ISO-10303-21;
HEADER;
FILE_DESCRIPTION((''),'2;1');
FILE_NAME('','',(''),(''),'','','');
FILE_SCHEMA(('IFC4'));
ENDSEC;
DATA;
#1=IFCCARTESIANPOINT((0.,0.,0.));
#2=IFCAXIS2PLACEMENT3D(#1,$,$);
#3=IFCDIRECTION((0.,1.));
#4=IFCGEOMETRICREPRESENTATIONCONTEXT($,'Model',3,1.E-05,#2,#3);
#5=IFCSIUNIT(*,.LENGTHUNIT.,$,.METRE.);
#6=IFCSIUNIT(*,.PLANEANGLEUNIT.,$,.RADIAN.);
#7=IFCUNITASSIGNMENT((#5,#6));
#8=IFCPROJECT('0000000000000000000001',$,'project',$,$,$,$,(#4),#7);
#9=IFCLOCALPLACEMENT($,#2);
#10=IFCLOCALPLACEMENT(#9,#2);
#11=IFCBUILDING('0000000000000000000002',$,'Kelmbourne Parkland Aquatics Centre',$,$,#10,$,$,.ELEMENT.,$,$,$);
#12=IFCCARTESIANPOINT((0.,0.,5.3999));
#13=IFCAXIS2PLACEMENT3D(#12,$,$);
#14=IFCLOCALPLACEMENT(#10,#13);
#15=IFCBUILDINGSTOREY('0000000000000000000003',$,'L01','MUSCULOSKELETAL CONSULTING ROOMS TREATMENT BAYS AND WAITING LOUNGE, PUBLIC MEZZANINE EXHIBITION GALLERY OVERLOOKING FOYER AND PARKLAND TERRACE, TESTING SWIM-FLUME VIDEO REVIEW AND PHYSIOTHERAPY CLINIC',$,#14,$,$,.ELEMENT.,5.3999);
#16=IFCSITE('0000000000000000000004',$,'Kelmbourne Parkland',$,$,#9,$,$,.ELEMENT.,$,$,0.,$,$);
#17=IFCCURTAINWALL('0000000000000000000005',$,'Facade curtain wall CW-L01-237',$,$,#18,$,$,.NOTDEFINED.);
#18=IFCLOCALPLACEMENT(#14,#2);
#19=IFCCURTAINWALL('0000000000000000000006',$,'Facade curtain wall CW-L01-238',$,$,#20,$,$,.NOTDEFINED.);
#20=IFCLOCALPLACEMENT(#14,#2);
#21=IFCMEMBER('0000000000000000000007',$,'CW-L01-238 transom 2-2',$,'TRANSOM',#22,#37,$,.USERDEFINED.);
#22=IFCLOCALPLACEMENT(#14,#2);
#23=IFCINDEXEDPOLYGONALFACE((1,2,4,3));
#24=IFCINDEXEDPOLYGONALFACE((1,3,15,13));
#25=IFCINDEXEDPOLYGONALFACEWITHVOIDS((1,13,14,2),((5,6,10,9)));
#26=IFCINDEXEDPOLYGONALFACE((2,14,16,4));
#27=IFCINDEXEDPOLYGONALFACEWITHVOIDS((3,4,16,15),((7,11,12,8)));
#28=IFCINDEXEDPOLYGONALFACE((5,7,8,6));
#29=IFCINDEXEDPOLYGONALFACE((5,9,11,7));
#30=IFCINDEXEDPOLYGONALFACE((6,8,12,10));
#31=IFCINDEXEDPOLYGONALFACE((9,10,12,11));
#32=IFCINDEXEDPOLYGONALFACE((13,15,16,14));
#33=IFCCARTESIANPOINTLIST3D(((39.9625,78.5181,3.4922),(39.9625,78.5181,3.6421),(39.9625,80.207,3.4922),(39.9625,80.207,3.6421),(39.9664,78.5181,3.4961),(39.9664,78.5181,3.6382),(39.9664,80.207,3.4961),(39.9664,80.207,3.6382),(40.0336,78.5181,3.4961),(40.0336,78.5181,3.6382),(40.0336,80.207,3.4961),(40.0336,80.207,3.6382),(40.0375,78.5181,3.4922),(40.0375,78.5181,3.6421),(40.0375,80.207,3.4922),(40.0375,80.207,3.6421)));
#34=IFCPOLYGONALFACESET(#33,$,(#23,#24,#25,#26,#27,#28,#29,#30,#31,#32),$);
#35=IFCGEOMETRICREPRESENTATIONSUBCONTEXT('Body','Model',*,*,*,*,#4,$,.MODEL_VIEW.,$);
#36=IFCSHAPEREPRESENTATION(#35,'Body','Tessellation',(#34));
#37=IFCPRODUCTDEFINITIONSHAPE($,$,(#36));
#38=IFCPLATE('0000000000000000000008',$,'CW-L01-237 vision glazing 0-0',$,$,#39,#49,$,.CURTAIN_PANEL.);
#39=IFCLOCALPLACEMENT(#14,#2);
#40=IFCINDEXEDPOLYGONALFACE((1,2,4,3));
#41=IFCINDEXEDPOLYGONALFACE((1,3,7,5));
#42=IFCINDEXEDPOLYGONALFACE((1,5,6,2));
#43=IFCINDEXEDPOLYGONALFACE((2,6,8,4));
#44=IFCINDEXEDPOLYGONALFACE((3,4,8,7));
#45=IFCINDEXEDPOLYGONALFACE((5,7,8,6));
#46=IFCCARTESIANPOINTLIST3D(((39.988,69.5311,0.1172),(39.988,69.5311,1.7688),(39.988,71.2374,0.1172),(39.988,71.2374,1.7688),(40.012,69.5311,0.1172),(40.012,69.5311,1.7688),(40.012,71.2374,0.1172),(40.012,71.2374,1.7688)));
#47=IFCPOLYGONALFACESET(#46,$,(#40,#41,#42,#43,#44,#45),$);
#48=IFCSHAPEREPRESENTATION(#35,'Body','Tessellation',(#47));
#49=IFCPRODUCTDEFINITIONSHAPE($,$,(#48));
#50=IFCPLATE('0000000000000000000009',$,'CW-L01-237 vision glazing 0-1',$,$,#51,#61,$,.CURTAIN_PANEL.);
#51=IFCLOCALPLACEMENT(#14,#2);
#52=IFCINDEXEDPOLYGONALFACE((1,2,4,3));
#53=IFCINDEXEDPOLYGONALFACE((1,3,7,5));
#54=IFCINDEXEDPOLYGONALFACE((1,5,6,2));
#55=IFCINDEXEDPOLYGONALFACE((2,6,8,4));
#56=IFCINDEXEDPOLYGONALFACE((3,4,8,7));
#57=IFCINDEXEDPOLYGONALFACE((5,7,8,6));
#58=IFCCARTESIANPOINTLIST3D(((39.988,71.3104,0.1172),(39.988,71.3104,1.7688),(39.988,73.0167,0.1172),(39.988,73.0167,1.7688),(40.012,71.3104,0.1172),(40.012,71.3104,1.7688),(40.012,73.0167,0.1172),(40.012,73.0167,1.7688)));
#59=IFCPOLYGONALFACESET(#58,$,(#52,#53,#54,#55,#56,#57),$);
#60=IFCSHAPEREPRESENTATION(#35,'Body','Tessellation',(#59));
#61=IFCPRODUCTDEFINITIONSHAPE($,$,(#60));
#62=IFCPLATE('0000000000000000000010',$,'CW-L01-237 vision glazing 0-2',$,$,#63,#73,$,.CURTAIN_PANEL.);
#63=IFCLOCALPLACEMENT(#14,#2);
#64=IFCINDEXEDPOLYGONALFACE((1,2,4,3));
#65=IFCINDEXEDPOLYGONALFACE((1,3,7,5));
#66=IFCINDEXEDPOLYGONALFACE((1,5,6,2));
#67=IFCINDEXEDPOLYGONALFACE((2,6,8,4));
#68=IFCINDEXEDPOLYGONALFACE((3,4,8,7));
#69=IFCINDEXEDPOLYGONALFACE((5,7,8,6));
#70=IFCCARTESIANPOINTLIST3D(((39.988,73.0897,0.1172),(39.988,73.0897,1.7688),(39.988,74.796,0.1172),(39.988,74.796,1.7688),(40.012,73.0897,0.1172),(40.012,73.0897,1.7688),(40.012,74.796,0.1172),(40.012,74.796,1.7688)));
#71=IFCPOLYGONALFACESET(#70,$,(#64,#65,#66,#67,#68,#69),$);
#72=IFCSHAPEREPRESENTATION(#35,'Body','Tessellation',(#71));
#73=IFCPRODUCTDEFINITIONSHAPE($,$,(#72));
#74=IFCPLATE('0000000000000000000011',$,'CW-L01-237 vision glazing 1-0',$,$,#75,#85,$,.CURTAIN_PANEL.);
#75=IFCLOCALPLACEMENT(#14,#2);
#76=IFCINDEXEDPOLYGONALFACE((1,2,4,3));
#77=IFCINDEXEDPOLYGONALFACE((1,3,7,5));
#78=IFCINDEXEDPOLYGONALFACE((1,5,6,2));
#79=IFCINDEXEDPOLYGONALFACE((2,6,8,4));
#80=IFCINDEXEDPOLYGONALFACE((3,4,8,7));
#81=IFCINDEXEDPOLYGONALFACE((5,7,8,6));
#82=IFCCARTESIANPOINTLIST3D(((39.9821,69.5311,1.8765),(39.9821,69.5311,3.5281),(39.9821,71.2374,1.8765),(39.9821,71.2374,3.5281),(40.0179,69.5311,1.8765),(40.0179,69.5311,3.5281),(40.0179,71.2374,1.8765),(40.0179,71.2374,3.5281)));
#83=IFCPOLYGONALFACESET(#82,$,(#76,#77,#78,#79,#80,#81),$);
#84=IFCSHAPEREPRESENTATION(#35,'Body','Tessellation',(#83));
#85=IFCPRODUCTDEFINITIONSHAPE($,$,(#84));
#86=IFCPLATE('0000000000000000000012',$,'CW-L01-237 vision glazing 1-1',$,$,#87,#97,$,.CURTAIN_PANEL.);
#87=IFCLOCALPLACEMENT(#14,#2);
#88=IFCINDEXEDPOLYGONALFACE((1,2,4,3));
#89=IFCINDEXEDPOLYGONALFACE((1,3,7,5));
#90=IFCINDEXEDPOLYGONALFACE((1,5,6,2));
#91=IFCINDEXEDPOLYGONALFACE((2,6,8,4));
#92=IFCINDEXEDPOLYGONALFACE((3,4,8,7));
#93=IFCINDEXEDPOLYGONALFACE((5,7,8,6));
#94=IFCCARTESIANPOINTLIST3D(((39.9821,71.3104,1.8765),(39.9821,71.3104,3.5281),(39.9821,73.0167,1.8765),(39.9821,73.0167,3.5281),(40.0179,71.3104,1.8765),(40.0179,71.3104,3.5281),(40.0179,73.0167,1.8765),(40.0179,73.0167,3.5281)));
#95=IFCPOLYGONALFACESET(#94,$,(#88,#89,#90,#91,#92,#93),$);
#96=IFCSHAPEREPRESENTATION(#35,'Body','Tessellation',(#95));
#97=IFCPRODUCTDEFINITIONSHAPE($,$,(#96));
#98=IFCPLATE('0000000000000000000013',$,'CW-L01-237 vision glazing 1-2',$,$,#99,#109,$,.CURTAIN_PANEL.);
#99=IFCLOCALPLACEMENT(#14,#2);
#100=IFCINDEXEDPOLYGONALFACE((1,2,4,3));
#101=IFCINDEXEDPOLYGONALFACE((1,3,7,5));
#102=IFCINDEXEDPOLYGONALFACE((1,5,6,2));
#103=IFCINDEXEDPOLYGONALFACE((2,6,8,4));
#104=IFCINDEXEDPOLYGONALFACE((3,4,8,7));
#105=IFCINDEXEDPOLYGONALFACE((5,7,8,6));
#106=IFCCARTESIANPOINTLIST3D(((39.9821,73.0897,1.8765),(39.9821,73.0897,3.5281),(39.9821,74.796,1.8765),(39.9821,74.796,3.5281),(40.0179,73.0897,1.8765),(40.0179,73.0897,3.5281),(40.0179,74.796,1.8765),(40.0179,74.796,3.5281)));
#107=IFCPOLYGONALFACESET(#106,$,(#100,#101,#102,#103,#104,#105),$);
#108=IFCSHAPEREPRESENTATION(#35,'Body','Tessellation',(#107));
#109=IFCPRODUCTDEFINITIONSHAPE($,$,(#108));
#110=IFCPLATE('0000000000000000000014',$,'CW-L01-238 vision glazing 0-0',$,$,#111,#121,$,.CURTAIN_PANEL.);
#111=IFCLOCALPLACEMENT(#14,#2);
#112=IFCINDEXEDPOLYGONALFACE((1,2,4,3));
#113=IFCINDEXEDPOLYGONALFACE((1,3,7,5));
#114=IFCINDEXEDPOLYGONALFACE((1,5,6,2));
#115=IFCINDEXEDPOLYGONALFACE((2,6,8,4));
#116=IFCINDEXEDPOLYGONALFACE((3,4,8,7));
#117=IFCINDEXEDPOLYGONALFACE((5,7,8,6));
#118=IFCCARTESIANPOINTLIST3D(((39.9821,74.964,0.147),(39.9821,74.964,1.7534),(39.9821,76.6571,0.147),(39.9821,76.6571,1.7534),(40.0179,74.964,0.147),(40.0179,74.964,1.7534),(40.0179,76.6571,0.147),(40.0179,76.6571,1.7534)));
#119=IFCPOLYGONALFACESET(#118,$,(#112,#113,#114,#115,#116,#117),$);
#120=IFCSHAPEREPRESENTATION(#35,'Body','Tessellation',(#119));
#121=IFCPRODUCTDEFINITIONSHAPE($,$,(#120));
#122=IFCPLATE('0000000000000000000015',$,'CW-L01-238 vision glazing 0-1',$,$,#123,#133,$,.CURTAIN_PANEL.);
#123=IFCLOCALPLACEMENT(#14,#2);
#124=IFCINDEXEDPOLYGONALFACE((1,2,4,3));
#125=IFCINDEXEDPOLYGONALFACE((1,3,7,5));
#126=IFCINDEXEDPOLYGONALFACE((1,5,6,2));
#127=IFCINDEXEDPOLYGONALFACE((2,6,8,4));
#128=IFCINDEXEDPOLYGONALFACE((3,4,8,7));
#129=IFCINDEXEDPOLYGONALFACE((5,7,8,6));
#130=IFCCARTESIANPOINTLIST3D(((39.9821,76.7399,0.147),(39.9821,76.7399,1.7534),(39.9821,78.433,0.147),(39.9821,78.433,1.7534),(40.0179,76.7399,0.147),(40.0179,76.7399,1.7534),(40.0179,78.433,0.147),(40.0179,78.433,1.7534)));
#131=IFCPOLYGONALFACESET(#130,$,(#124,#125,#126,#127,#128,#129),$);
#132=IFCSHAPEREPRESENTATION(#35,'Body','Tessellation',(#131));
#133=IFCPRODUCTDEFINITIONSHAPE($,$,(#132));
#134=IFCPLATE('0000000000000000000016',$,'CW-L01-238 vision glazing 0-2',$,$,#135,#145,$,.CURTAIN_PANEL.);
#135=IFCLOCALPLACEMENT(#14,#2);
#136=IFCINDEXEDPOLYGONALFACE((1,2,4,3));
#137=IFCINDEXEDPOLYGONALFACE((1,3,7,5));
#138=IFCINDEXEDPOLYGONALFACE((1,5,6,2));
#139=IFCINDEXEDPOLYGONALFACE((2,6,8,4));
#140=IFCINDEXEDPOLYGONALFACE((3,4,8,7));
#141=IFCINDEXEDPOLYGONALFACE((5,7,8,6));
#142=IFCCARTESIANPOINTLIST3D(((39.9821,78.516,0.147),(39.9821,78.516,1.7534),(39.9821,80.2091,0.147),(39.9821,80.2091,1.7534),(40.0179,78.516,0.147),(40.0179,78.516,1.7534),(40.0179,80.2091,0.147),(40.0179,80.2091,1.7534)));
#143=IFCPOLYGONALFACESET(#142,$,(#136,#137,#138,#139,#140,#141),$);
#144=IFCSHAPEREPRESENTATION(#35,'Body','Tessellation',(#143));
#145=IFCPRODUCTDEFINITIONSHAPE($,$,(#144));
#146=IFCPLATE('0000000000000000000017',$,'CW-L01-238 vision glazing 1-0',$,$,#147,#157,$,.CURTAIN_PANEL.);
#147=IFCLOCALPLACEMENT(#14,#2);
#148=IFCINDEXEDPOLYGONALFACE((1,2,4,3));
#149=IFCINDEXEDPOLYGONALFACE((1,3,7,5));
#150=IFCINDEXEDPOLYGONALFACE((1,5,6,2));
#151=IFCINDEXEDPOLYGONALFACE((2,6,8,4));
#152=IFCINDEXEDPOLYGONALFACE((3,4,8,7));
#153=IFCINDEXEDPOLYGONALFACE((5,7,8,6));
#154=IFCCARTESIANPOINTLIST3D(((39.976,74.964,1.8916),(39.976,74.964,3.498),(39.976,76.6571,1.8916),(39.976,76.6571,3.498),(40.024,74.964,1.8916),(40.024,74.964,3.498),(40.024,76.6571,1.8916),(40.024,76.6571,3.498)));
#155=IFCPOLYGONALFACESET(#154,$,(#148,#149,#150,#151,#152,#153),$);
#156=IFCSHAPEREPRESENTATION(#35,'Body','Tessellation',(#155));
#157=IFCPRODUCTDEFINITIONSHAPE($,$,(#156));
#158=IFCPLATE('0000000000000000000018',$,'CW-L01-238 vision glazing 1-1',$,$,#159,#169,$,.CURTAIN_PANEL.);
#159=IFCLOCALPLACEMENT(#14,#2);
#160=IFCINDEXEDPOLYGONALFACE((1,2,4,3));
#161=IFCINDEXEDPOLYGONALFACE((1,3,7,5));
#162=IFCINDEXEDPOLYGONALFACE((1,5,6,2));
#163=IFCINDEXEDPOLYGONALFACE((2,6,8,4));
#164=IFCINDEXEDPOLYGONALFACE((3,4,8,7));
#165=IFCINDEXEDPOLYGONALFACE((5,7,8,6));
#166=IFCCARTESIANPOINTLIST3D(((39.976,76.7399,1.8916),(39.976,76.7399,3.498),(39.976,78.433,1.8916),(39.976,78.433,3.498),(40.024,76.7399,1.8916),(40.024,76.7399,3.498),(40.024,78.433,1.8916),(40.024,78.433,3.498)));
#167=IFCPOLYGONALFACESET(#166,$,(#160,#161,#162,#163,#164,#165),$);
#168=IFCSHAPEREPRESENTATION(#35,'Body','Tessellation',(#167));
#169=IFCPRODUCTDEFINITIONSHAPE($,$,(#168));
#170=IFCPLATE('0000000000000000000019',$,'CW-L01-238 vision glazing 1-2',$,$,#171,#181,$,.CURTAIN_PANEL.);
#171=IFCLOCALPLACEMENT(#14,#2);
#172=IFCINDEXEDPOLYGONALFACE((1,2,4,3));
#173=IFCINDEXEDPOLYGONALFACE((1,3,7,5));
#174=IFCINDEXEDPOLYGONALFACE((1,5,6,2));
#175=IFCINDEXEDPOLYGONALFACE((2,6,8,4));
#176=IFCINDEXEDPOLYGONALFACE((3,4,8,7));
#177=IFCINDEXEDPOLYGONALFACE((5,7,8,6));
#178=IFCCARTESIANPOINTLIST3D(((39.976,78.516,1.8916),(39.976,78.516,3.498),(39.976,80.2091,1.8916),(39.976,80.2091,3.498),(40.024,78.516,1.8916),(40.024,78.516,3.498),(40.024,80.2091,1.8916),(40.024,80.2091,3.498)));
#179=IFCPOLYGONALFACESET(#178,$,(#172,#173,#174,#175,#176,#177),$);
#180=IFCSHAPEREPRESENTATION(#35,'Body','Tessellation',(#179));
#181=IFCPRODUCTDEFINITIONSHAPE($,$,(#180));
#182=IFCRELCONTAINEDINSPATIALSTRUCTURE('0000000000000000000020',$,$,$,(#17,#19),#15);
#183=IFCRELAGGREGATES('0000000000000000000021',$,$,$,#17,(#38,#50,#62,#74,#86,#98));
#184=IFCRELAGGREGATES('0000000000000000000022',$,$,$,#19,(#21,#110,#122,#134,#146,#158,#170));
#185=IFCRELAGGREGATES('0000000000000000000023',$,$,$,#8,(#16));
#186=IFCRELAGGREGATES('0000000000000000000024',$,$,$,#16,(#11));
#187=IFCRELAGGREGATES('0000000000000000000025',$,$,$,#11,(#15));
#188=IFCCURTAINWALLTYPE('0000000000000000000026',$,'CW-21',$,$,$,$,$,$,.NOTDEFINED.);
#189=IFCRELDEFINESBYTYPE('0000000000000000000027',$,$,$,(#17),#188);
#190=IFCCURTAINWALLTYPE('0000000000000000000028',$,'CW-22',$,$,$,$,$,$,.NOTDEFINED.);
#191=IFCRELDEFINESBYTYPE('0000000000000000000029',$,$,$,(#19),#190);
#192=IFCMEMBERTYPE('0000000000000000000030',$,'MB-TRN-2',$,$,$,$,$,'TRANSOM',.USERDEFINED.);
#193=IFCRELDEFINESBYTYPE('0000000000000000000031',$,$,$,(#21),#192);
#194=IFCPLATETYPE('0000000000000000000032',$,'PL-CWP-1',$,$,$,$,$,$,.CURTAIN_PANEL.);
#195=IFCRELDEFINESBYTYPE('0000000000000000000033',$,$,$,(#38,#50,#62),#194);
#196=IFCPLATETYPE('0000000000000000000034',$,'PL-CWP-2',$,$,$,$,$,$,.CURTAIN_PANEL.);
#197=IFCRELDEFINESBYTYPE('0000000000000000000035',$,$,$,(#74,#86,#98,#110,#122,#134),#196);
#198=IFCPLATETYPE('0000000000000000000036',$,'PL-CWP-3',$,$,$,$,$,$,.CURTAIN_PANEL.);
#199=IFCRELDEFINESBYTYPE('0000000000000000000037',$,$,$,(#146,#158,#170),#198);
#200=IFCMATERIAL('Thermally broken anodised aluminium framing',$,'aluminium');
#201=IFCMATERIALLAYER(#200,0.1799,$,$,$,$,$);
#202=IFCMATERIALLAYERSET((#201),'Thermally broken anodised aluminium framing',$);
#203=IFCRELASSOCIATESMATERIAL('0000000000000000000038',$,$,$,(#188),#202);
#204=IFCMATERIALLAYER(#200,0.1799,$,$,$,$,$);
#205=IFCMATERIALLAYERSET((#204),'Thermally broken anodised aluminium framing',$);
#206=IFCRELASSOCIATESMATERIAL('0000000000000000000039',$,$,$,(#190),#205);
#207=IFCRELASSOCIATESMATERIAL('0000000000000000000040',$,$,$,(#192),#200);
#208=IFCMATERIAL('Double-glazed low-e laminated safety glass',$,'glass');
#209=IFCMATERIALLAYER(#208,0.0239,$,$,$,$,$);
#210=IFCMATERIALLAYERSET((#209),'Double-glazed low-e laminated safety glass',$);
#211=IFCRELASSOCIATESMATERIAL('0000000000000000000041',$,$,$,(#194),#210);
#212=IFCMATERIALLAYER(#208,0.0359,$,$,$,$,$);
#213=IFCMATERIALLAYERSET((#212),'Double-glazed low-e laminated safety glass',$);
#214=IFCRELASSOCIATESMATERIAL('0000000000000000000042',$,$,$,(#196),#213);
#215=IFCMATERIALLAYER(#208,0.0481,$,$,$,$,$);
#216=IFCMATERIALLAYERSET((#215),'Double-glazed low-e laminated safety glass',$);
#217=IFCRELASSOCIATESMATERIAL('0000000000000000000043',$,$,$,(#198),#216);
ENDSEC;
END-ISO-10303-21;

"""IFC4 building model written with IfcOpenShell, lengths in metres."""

from ifc_helpers import new_model, si_unit, direction, frame, origin, origin_2d, place, context, subcontext, project, spatial, rectangle, hollow_rectangle, extrude, material, layer, layer_set, material_profile, profile_set, type_object, element, aggregate, save


model = new_model("IFC4")

# Units and contexts
model_context = context("Model", 3, precision=1e-05, world=origin(), true_north=direction((0.0, 1.0)))
body_context = subcontext(model_context, "Body", "Model", "MODEL_VIEW")
ifc_project = project(units=[si_unit("LENGTHUNIT", "METRE"), si_unit("PLANEANGLEUNIT", "RADIAN")], contexts=[model_context])

# Site, building, storey
site_placement = place(None, origin())
site = spatial("IfcSite", under=ifc_project, at=site_placement, Name="Kelmbourne Parkland", CompositionType="ELEMENT", RefElevation=0.0)
building_placement = place(site_placement, origin())
building = spatial("IfcBuilding", under=site, at=building_placement, Name="Kelmbourne Parkland Aquatics Centre", CompositionType="ELEMENT")
storey_placement = place(building_placement, frame((0.0, 0.0, 5.3999)))
storey = spatial("IfcBuildingStorey", under=building, at=storey_placement, Name="L01", Description="MUSCULOSKELETAL CONSULTING ROOMS TREATMENT BAYS AND WAITING LOUNGE, PUBLIC MEZZANINE EXHIBITION GALLERY OVERLOOKING FOYER AND PARKLAND TERRACE, TESTING SWIM-FLUME VIDEO REVIEW AND PHYSIOTHERAPY CLINIC", CompositionType="ELEMENT", Elevation=5.3999)

# Curtain walls
ifc_material_1 = material(Name="Thermally broken anodised aluminium framing", Category="aluminium")
ifc_layer_1 = layer(ifc_material_1, 0.1799)
ifc_layer_set_1 = layer_set([ifc_layer_1], Name="Thermally broken anodised aluminium framing")
curtain_wall_type_1 = type_object("IfcCurtainWallType", Name="CW-21", PredefinedType="NOTDEFINED", material=ifc_layer_set_1)
curtain_wall_1_placement = place(storey_placement, origin())
curtain_wall_1 = element("IfcCurtainWall", 1, at=curtain_wall_1_placement, inside=storey, type_object=curtain_wall_type_1, Name="Facade curtain wall CW-L01-237", PredefinedType="NOTDEFINED")
ifc_layer_2 = layer(ifc_material_1, 0.1799)
ifc_layer_set_2 = layer_set([ifc_layer_2], Name="Thermally broken anodised aluminium framing")
curtain_wall_type_2 = type_object("IfcCurtainWallType", Name="CW-22", PredefinedType="NOTDEFINED", material=ifc_layer_set_2)
curtain_wall_2_placement = place(storey_placement, origin())
curtain_wall_2 = element("IfcCurtainWall", 2, at=curtain_wall_2_placement, inside=storey, type_object=curtain_wall_type_2, Name="Facade curtain wall CW-L01-238", PredefinedType="NOTDEFINED")

# Member
ifc_material_profile_1 = material_profile(ifc_material_1, hollow_rectangle(XDim=0.075, YDim=0.1499, WallThickness=0.0039, at=origin_2d()), Name="CW-T 75x150")
ifc_profile_set_1 = profile_set([ifc_material_profile_1], Name="Thermally broken anodised aluminium framing")
member_type_1 = type_object("IfcMemberType", Name="MB-TRN-2", ElementType="TRANSOM", PredefinedType="USERDEFINED", material=ifc_profile_set_1)
member_1_placement = place(storey_placement, frame((40.0, 78.5181, 3.5671), z_axis=(0.0, 1.0, 0.0), x_axis=(-1.0, 0.0, 0.0)))
member_1 = element("IfcMember", 3, at=member_1_placement, type_object=member_type_1, Name="CW-L01-238 transom 2-2", ObjectType="TRANSOM", PredefinedType="USERDEFINED", context=body_context, shape_type="SweptSolid", body=[
    extrude(hollow_rectangle(XDim=0.075, YDim=0.1499, WallThickness=0.0039, at=origin_2d()), origin(), (0.0, 0.0, 1.0), 1.689),
])

# Plates
ifc_material_2 = material(Name="Double-glazed low-e laminated safety glass", Category="glass")
ifc_layer_3 = layer(ifc_material_2, 0.0239)
ifc_layer_set_3 = layer_set([ifc_layer_3], Name="Double-glazed low-e laminated safety glass")
plate_type_1 = type_object("IfcPlateType", Name="PL-CWP-1", PredefinedType="CURTAIN_PANEL", material=ifc_layer_set_3)
plate_1_placement = place(storey_placement, frame((40.0, 70.3843, 0.1172), z_axis=(0.0, 0.0, 1.0), x_axis=(0.0, 1.0, 0.0)))
plate_1 = element("IfcPlate", 4, at=plate_1_placement, type_object=plate_type_1, Name="CW-L01-237 vision glazing 0-0", PredefinedType="CURTAIN_PANEL", context=body_context, shape_type="SweptSolid", body=[
    extrude(rectangle(XDim=1.7063, YDim=0.0239, at=origin_2d()), origin(), (0.0, 0.0, 1.0), 1.6516),
])
plate_2_placement = place(storey_placement, frame((40.0, 72.1636, 0.1172), z_axis=(0.0, 0.0, 1.0), x_axis=(0.0, 1.0, 0.0)))
plate_2 = element("IfcPlate", 5, at=plate_2_placement, type_object=plate_type_1, Name="CW-L01-237 vision glazing 0-1", PredefinedType="CURTAIN_PANEL", context=body_context, shape_type="SweptSolid", body=[
    extrude(rectangle(XDim=1.7063, YDim=0.0239, at=origin_2d()), origin(), (0.0, 0.0, 1.0), 1.6516),
])
plate_3_placement = place(storey_placement, frame((40.0, 73.9429, 0.1172), z_axis=(0.0, 0.0, 1.0), x_axis=(0.0, 1.0, 0.0)))
plate_3 = element("IfcPlate", 6, at=plate_3_placement, type_object=plate_type_1, Name="CW-L01-237 vision glazing 0-2", PredefinedType="CURTAIN_PANEL", context=body_context, shape_type="SweptSolid", body=[
    extrude(rectangle(XDim=1.7063, YDim=0.0239, at=origin_2d()), origin(), (0.0, 0.0, 1.0), 1.6516),
])
ifc_layer_4 = layer(ifc_material_2, 0.0359)
ifc_layer_set_4 = layer_set([ifc_layer_4], Name="Double-glazed low-e laminated safety glass")
plate_type_2 = type_object("IfcPlateType", Name="PL-CWP-2", PredefinedType="CURTAIN_PANEL", material=ifc_layer_set_4)
plate_4_placement = place(storey_placement, frame((40.0, 70.3843, 1.8765), z_axis=(0.0, 0.0, 1.0), x_axis=(0.0, 1.0, 0.0)))
plate_4 = element("IfcPlate", 7, at=plate_4_placement, type_object=plate_type_2, Name="CW-L01-237 vision glazing 1-0", PredefinedType="CURTAIN_PANEL", context=body_context, shape_type="SweptSolid", body=[
    extrude(rectangle(XDim=1.7063, YDim=0.0359, at=origin_2d()), origin(), (0.0, 0.0, 1.0), 1.6516),
])
plate_5_placement = place(storey_placement, frame((40.0, 72.1636, 1.8765), z_axis=(0.0, 0.0, 1.0), x_axis=(0.0, 1.0, 0.0)))
plate_5 = element("IfcPlate", 8, at=plate_5_placement, type_object=plate_type_2, Name="CW-L01-237 vision glazing 1-1", PredefinedType="CURTAIN_PANEL", context=body_context, shape_type="SweptSolid", body=[
    extrude(rectangle(XDim=1.7063, YDim=0.0359, at=origin_2d()), origin(), (0.0, 0.0, 1.0), 1.6516),
])
plate_6_placement = place(storey_placement, frame((40.0, 73.9429, 1.8765), z_axis=(0.0, 0.0, 1.0), x_axis=(0.0, 1.0, 0.0)))
plate_6 = element("IfcPlate", 9, at=plate_6_placement, type_object=plate_type_2, Name="CW-L01-237 vision glazing 1-2", PredefinedType="CURTAIN_PANEL", context=body_context, shape_type="SweptSolid", body=[
    extrude(rectangle(XDim=1.7063, YDim=0.0359, at=origin_2d()), origin(), (0.0, 0.0, 1.0), 1.6516),
])
aggregate(curtain_wall_1, [plate_1, plate_2, plate_3, plate_4, plate_5, plate_6])
plate_7_placement = place(storey_placement, frame((40.0, 75.8105, 0.147), z_axis=(0.0, 0.0, 1.0), x_axis=(0.0, 1.0, 0.0)))
plate_7 = element("IfcPlate", 10, at=plate_7_placement, type_object=plate_type_2, Name="CW-L01-238 vision glazing 0-0", PredefinedType="CURTAIN_PANEL", context=body_context, shape_type="SweptSolid", body=[
    extrude(rectangle(XDim=1.6931, YDim=0.0359, at=origin_2d()), origin(), (0.0, 0.0, 1.0), 1.6064),
])
plate_8_placement = place(storey_placement, frame((40.0, 77.5864, 0.147), z_axis=(0.0, 0.0, 1.0), x_axis=(0.0, 1.0, 0.0)))
plate_8 = element("IfcPlate", 11, at=plate_8_placement, type_object=plate_type_2, Name="CW-L01-238 vision glazing 0-1", PredefinedType="CURTAIN_PANEL", context=body_context, shape_type="SweptSolid", body=[
    extrude(rectangle(XDim=1.6931, YDim=0.0359, at=origin_2d()), origin(), (0.0, 0.0, 1.0), 1.6064),
])
plate_9_placement = place(storey_placement, frame((40.0, 79.3625, 0.147), z_axis=(0.0, 0.0, 1.0), x_axis=(0.0, 1.0, 0.0)))
plate_9 = element("IfcPlate", 12, at=plate_9_placement, type_object=plate_type_2, Name="CW-L01-238 vision glazing 0-2", PredefinedType="CURTAIN_PANEL", context=body_context, shape_type="SweptSolid", body=[
    extrude(rectangle(XDim=1.6931, YDim=0.0359, at=origin_2d()), origin(), (0.0, 0.0, 1.0), 1.6064),
])
ifc_layer_5 = layer(ifc_material_2, 0.0481)
ifc_layer_set_5 = layer_set([ifc_layer_5], Name="Double-glazed low-e laminated safety glass")
plate_type_3 = type_object("IfcPlateType", Name="PL-CWP-3", PredefinedType="CURTAIN_PANEL", material=ifc_layer_set_5)
plate_10_placement = place(storey_placement, frame((40.0, 75.8105, 1.8916), z_axis=(0.0, 0.0, 1.0), x_axis=(0.0, 1.0, 0.0)))
plate_10 = element("IfcPlate", 13, at=plate_10_placement, type_object=plate_type_3, Name="CW-L01-238 vision glazing 1-0", PredefinedType="CURTAIN_PANEL", context=body_context, shape_type="SweptSolid", body=[
    extrude(rectangle(XDim=1.6931, YDim=0.0481, at=origin_2d()), origin(), (0.0, 0.0, 1.0), 1.6064),
])
plate_11_placement = place(storey_placement, frame((40.0, 77.5864, 1.8916), z_axis=(0.0, 0.0, 1.0), x_axis=(0.0, 1.0, 0.0)))
plate_11 = element("IfcPlate", 14, at=plate_11_placement, type_object=plate_type_3, Name="CW-L01-238 vision glazing 1-1", PredefinedType="CURTAIN_PANEL", context=body_context, shape_type="SweptSolid", body=[
    extrude(rectangle(XDim=1.6931, YDim=0.0481, at=origin_2d()), origin(), (0.0, 0.0, 1.0), 1.6064),
])
plate_12_placement = place(storey_placement, frame((40.0, 79.3625, 1.8916), z_axis=(0.0, 0.0, 1.0), x_axis=(0.0, 1.0, 0.0)))
plate_12 = element("IfcPlate", 15, at=plate_12_placement, type_object=plate_type_3, Name="CW-L01-238 vision glazing 1-2", PredefinedType="CURTAIN_PANEL", context=body_context, shape_type="SweptSolid", body=[
    extrude(rectangle(XDim=1.6931, YDim=0.0481, at=origin_2d()), origin(), (0.0, 0.0, 1.0), 1.6064),
])
aggregate(curtain_wall_2, [member_1, plate_7, plate_8, plate_9, plate_10, plate_11, plate_12])

save(model, "model.ifc")
